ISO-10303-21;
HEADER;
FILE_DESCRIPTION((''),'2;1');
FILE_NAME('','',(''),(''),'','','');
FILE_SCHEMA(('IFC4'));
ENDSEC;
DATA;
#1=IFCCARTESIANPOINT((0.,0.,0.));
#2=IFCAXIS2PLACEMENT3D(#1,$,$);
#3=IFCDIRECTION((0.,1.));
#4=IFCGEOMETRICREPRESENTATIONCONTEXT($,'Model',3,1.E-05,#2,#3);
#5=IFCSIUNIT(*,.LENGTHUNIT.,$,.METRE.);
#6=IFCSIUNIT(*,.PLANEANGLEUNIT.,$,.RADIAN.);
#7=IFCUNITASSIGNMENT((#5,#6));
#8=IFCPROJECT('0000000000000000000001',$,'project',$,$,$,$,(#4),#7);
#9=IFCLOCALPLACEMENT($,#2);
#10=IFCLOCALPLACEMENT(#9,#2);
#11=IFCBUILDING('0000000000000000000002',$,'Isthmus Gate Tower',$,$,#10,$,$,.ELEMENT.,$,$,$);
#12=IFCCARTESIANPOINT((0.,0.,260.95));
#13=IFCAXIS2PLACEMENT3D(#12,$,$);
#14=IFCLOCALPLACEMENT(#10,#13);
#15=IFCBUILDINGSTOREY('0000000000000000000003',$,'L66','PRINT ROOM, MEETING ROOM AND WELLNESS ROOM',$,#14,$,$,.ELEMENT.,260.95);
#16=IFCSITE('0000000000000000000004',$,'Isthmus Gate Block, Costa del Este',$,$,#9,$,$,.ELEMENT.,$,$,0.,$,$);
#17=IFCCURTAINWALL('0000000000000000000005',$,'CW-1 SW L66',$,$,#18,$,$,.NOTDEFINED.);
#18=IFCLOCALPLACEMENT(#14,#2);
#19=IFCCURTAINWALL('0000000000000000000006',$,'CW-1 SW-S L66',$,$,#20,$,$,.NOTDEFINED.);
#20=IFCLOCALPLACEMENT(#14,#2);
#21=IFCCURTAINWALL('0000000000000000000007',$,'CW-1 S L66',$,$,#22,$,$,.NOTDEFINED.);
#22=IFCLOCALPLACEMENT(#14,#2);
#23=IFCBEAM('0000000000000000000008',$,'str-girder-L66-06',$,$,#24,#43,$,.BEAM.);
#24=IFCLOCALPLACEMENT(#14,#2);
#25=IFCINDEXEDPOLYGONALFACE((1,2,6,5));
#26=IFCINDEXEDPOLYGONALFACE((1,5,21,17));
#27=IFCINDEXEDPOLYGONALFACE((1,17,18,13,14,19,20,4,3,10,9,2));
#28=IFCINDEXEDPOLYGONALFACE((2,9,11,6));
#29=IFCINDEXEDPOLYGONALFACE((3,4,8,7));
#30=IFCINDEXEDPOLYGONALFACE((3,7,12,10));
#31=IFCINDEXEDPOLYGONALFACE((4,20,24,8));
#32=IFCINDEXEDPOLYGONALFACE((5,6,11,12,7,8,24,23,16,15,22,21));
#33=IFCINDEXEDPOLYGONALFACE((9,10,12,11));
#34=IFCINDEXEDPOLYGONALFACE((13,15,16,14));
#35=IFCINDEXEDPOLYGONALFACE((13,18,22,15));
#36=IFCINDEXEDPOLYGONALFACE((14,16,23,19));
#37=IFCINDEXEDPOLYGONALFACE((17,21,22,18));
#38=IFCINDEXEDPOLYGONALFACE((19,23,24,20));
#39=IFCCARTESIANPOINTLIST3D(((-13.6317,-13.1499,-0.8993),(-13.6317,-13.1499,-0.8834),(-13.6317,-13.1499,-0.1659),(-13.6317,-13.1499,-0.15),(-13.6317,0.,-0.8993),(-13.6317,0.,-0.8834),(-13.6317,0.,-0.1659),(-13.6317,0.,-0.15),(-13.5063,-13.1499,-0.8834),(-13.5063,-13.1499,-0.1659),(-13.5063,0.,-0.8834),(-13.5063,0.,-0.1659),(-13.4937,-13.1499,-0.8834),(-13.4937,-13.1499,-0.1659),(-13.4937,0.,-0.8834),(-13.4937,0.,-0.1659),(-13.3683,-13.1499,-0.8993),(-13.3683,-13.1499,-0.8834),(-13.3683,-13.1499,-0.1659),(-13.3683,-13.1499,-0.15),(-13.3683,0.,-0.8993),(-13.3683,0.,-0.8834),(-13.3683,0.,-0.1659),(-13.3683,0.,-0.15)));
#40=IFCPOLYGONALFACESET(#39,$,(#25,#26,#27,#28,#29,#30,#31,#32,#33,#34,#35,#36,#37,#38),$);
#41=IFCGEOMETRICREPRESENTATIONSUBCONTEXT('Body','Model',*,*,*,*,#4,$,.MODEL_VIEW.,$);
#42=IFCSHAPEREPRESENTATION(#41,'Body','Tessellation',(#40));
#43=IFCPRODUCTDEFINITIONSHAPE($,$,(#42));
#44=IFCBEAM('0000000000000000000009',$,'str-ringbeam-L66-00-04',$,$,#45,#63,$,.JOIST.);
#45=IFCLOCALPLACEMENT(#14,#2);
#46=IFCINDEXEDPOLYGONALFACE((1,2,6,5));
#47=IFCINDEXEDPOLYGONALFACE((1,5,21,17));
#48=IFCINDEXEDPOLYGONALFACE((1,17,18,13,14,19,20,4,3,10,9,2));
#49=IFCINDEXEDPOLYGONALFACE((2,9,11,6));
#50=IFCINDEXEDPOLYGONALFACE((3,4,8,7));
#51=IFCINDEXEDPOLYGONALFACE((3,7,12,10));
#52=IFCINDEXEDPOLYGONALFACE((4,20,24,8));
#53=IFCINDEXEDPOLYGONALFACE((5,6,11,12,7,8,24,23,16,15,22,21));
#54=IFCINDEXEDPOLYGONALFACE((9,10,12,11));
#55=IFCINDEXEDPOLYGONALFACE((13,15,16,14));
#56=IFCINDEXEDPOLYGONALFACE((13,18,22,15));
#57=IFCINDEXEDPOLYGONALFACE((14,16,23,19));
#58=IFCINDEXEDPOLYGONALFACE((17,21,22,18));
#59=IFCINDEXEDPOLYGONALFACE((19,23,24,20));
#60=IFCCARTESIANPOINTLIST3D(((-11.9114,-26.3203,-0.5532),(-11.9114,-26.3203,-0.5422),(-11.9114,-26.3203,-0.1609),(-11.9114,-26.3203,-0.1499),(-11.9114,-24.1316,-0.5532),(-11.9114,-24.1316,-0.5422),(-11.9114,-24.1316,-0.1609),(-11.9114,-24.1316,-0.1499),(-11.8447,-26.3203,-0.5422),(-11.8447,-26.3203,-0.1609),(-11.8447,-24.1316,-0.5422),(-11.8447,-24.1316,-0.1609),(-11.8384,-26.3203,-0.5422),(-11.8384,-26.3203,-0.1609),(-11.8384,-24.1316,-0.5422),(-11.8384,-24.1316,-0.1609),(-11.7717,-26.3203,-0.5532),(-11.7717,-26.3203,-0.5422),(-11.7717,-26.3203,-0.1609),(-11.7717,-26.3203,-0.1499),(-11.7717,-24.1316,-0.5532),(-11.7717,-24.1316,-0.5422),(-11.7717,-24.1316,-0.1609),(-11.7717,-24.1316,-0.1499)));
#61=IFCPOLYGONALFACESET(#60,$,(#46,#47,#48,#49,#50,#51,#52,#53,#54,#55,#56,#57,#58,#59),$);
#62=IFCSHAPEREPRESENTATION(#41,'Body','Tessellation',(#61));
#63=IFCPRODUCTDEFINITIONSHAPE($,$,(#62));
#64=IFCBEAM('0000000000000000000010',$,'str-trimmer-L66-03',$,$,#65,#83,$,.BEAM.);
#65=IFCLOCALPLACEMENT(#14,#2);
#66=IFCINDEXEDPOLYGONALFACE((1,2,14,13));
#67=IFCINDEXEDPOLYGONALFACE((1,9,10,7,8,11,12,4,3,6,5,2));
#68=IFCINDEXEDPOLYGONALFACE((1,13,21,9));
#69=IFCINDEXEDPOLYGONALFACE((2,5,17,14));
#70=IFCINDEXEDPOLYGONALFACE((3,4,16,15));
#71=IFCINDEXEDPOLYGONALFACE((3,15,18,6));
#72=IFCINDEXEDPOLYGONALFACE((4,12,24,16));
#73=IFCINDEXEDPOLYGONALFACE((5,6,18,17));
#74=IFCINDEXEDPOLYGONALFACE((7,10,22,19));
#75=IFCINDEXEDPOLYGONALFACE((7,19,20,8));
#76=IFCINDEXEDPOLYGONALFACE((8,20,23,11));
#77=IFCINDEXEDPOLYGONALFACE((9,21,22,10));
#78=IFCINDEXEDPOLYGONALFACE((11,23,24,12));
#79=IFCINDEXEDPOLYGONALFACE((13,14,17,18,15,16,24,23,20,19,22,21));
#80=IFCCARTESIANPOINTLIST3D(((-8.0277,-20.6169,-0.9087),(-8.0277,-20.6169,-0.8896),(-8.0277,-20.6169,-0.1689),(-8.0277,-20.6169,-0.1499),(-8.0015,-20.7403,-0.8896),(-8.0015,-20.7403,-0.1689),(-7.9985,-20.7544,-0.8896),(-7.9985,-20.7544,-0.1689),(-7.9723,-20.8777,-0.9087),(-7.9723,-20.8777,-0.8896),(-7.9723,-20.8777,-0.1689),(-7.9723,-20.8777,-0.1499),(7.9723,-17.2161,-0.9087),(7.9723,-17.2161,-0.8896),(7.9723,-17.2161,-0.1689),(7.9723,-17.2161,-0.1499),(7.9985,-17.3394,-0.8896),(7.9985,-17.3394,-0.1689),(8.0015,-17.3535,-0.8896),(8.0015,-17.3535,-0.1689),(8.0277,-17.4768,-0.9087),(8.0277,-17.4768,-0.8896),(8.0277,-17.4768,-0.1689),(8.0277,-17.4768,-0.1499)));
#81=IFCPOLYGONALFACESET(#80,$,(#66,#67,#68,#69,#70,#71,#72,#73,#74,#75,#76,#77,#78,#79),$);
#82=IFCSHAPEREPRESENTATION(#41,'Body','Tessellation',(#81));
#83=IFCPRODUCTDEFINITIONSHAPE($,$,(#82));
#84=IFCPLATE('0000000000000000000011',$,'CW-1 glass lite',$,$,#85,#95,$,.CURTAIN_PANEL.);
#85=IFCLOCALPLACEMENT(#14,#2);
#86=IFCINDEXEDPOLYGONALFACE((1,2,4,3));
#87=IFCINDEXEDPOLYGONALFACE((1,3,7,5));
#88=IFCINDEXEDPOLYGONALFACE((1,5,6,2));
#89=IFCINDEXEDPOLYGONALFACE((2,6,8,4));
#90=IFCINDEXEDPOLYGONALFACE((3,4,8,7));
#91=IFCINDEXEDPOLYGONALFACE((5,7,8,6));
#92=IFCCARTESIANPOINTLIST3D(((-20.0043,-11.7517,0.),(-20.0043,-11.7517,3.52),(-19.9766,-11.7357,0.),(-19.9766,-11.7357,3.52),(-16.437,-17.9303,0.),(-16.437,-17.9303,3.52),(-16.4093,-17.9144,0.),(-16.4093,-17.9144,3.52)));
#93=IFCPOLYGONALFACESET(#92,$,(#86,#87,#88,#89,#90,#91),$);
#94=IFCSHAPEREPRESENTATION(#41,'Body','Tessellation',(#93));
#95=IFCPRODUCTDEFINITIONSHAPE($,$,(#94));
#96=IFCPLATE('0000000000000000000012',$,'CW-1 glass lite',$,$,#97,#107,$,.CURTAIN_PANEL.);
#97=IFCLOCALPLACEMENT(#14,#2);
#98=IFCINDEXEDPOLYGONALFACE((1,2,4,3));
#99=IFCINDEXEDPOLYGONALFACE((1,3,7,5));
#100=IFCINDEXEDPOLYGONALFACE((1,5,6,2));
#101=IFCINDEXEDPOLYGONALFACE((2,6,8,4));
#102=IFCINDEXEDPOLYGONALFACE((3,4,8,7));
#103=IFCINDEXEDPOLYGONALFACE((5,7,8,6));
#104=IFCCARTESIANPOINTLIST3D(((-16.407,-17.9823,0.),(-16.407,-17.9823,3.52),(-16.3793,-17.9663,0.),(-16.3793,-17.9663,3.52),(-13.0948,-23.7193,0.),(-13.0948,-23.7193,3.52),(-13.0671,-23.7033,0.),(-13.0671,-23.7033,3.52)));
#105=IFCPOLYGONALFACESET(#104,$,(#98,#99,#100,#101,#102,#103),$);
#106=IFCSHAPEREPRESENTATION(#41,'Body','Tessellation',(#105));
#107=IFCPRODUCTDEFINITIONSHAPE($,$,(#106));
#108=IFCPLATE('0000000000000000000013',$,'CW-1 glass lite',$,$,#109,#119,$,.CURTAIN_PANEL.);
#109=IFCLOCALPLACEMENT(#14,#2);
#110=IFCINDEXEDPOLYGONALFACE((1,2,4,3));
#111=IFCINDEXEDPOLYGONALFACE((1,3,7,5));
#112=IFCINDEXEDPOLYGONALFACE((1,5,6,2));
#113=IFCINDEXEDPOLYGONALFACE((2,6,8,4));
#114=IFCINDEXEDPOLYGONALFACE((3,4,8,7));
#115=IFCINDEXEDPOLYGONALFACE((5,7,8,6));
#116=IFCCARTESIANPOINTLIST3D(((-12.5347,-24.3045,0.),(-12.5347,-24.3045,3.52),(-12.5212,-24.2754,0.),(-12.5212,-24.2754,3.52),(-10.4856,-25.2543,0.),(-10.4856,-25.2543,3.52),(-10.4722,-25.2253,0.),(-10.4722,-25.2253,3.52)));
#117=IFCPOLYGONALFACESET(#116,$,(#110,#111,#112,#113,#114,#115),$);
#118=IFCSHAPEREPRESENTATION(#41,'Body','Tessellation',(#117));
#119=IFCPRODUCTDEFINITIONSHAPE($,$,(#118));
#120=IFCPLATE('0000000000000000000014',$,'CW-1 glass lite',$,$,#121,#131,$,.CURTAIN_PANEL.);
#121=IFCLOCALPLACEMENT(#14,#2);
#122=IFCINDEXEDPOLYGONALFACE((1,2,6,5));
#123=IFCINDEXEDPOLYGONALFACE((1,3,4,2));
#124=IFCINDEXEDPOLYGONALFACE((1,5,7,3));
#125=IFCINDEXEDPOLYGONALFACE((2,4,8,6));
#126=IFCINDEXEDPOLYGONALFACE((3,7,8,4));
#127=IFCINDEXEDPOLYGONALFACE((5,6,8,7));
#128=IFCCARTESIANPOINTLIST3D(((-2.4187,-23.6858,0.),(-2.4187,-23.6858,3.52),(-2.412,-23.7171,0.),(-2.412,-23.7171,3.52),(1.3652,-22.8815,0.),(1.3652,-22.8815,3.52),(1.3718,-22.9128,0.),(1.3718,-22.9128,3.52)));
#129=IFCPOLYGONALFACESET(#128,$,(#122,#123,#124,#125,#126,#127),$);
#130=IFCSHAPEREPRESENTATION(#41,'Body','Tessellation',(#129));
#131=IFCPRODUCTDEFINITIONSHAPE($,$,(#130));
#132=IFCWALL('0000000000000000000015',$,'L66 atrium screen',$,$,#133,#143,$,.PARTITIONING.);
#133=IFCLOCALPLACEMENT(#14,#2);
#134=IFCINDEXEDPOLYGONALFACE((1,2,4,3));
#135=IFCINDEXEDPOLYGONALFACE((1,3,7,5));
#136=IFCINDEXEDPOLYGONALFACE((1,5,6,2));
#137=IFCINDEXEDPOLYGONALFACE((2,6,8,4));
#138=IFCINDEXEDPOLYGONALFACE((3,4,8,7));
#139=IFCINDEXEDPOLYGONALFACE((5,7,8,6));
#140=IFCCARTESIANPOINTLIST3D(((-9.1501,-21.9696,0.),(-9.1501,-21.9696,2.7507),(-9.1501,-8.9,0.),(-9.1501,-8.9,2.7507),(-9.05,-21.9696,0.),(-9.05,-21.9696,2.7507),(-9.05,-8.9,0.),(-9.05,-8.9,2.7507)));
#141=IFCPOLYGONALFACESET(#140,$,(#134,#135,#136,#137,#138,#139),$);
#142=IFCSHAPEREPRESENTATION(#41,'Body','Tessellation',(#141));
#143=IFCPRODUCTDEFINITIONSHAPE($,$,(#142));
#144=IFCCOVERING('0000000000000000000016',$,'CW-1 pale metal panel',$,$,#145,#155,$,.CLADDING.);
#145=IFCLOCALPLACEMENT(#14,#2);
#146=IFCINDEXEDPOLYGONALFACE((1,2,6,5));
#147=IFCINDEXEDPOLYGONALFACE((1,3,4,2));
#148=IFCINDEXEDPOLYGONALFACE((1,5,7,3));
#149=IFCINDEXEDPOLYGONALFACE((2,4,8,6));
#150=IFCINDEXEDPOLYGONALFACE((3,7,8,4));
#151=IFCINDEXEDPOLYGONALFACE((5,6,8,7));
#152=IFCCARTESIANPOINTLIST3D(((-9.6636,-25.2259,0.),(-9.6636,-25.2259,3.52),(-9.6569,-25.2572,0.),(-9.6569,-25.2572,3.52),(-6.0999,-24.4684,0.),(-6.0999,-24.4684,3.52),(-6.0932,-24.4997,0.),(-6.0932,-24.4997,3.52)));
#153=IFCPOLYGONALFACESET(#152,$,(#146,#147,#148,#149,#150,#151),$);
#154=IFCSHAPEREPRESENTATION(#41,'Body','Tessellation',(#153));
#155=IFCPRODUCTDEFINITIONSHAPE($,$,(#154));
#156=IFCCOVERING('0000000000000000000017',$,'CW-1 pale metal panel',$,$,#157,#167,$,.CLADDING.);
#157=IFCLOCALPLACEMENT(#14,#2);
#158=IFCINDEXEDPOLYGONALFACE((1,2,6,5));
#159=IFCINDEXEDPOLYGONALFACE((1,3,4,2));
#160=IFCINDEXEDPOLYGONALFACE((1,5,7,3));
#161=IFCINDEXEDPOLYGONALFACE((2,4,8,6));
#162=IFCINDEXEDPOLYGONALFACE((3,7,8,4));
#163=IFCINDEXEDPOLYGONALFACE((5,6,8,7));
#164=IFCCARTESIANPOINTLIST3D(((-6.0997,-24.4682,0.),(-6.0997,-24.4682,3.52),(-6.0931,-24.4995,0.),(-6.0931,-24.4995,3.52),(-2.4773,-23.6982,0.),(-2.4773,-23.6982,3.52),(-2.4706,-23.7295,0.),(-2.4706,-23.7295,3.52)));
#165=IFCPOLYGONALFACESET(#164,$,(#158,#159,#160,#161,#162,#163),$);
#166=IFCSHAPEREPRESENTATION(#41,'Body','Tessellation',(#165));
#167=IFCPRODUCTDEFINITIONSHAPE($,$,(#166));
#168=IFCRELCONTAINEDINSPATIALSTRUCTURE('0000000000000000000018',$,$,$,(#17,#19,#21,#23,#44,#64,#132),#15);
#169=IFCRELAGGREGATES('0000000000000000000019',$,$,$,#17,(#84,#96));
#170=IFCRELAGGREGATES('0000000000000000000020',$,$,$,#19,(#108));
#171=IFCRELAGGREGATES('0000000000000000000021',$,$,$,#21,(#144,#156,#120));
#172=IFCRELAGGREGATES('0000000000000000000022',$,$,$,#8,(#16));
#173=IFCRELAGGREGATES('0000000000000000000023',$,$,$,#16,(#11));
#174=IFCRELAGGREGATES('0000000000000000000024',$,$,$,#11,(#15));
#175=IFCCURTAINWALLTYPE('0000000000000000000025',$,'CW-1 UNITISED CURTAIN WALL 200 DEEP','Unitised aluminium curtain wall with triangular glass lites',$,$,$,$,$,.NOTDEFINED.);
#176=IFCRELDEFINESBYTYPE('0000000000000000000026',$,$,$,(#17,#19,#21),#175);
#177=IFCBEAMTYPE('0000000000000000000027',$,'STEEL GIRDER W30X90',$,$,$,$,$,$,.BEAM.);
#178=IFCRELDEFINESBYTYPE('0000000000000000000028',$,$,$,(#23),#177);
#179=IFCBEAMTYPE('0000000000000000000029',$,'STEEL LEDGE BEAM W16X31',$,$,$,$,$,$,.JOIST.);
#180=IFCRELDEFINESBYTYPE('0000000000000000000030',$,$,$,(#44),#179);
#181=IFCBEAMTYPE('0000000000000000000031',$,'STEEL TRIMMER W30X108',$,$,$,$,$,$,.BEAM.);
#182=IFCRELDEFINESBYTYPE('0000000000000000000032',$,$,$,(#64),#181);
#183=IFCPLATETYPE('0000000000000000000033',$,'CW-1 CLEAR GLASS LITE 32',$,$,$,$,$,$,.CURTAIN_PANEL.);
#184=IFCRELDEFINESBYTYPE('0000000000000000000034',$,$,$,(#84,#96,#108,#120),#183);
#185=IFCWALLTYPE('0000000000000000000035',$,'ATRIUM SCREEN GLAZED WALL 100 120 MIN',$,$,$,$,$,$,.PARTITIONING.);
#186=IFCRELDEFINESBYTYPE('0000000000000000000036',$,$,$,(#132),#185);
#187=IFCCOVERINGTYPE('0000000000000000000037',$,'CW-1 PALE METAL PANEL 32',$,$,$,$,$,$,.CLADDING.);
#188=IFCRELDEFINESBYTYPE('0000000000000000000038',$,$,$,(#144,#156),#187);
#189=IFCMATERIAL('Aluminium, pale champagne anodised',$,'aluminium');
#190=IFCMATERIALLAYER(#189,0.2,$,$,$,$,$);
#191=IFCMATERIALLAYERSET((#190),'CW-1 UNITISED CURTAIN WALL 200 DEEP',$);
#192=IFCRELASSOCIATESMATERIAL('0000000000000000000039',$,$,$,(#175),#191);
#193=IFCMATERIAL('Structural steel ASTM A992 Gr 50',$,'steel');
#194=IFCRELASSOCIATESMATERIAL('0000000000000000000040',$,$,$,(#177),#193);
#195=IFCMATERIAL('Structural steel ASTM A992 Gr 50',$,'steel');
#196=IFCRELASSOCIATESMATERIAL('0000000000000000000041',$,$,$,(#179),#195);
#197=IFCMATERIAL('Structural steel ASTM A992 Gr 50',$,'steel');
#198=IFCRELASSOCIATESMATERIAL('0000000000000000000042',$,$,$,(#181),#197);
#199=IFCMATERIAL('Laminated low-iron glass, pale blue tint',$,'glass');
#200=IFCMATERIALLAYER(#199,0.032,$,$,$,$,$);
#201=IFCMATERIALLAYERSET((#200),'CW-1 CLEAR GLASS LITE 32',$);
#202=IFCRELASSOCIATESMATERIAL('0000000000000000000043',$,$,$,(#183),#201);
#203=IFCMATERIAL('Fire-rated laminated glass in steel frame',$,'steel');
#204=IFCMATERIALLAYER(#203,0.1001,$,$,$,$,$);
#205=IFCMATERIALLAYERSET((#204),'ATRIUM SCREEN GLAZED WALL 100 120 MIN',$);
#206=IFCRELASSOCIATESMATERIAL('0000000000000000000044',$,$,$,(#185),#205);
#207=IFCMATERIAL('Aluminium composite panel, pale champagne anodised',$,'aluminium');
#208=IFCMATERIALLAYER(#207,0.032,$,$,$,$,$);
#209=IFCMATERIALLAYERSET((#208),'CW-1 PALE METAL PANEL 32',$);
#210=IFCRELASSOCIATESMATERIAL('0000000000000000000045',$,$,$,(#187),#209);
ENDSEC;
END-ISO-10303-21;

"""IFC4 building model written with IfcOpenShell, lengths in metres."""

from ifc_helpers import new_model, si_unit, direction, frame, frame_2d, origin, origin_2d, place, context, subcontext, project, spatial, rectangle, i_section, extrude, material, layer, layer_set, material_profile, profile_set, type_object, element, aggregate, save


model = new_model("IFC4")

# Units and contexts
model_context = context("Model", 3, precision=1e-05, world=origin(), true_north=direction((0.0, 1.0)))
body_context = subcontext(model_context, "Body", "Model", "MODEL_VIEW")
ifc_project = project(units=[si_unit("LENGTHUNIT", "METRE"), si_unit("PLANEANGLEUNIT", "RADIAN")], contexts=[model_context])

# Site, building, storey
site_placement = place(None, origin())
site = spatial("IfcSite", under=ifc_project, at=site_placement, Name="Isthmus Gate Block, Costa del Este", CompositionType="ELEMENT", RefElevation=0.0)
building_placement = place(site_placement, origin())
building = spatial("IfcBuilding", under=site, at=building_placement, Name="Isthmus Gate Tower", CompositionType="ELEMENT")
storey_placement = place(building_placement, frame((0.0, 0.0, 260.95)))
storey = spatial("IfcBuildingStorey", under=building, at=storey_placement, Name="L66", Description="PRINT ROOM, MEETING ROOM AND WELLNESS ROOM", CompositionType="ELEMENT", Elevation=260.95)

# Curtain walls
ifc_material_1 = material(Name="Aluminium, pale champagne anodised", Category="aluminium")
ifc_layer_1 = layer(ifc_material_1, 0.2)
ifc_layer_set_1 = layer_set([ifc_layer_1], Name="CW-1 UNITISED CURTAIN WALL 200 DEEP")
curtain_wall_type = type_object("IfcCurtainWallType", Name="CW-1 UNITISED CURTAIN WALL 200 DEEP", Description="Unitised aluminium curtain wall with triangular glass lites", PredefinedType="NOTDEFINED", material=ifc_layer_set_1)
curtain_wall_1_placement = place(storey_placement, origin())
curtain_wall_1 = element("IfcCurtainWall", 1, at=curtain_wall_1_placement, inside=storey, type_object=curtain_wall_type, Name="CW-1 SW L66", PredefinedType="NOTDEFINED")
curtain_wall_2_placement = place(storey_placement, origin())
curtain_wall_2 = element("IfcCurtainWall", 2, at=curtain_wall_2_placement, inside=storey, type_object=curtain_wall_type, Name="CW-1 SW-S L66", PredefinedType="NOTDEFINED")

# Curtain wall
curtain_wall_3_placement = place(storey_placement, origin())
curtain_wall_3 = element("IfcCurtainWall", 3, at=curtain_wall_3_placement, inside=storey, type_object=curtain_wall_type, Name="CW-1 S L66", PredefinedType="NOTDEFINED")

# Beams
ifc_material_2 = material(Name="Structural steel ASTM A992 Gr 50", Category="steel")
ifc_material_profile_1 = material_profile(ifc_material_2, i_section(OverallWidth=0.2634, OverallDepth=0.7493, WebThickness=0.0127, FlangeThickness=0.0159, at=origin_2d()), Name="W30X90")
ifc_profile_set_1 = profile_set([ifc_material_profile_1], Name="Structural steel ASTM A992 Gr 50")
beam_type_1 = type_object("IfcBeamType", Name="STEEL GIRDER W30X90", PredefinedType="BEAM", material=ifc_profile_set_1)
beam_1_placement = place(storey_placement, frame((-13.5, -13.1499, -0.5247), z_axis=(0.0, 1.0, 0.0), x_axis=(-1.0, 0.0, 0.0)))
element("IfcBeam", 4, at=beam_1_placement, inside=storey, type_object=beam_type_1, Name="str-girder-L66-06", PredefinedType="BEAM", context=body_context, shape_type="SweptSolid", body=[
    extrude(i_section(OverallWidth=0.2634, OverallDepth=0.7493, WebThickness=0.0127, FlangeThickness=0.0159, at=origin_2d()), origin(), (0.0, 0.0, 1.0), 13.1499),
])
ifc_material_3 = material(Name="Structural steel ASTM A992 Gr 50", Category="steel")
ifc_material_profile_2 = material_profile(ifc_material_3, i_section(OverallWidth=0.1396, OverallDepth=0.4033, WebThickness=0.0063, FlangeThickness=0.011, at=origin_2d()), Name="W16X31")
ifc_profile_set_2 = profile_set([ifc_material_profile_2], Name="Structural steel ASTM A992 Gr 50")
beam_type_2 = type_object("IfcBeamType", Name="STEEL LEDGE BEAM W16X31", PredefinedType="JOIST", material=ifc_profile_set_2)
beam_2_placement = place(storey_placement, frame((-11.8416, -26.3203, -0.3516), z_axis=(0.0, 1.0, 0.0), x_axis=(-1.0, 0.0, 0.0)))
element("IfcBeam", 5, at=beam_2_placement, inside=storey, type_object=beam_type_2, Name="str-ringbeam-L66-00-04", PredefinedType="JOIST", context=body_context, shape_type="SweptSolid", body=[
    extrude(i_section(OverallWidth=0.1396, OverallDepth=0.4033, WebThickness=0.0063, FlangeThickness=0.011, at=origin_2d()), origin(), (0.0, 0.0, 1.0), 2.1887),
])
ifc_material_4 = material(Name="Structural steel ASTM A992 Gr 50", Category="steel")
ifc_material_profile_3 = material_profile(ifc_material_4, i_section(OverallWidth=0.2666, OverallDepth=0.7588, WebThickness=0.0144, FlangeThickness=0.019, at=origin_2d()), Name="W30X108")
ifc_profile_set_3 = profile_set([ifc_material_profile_3], Name="Structural steel ASTM A992 Gr 50")
beam_type_3 = type_object("IfcBeamType", Name="STEEL TRIMMER W30X108", PredefinedType="BEAM", material=ifc_profile_set_3)
beam_3_placement = place(storey_placement, frame((-8.0, -20.7473, -0.5293), z_axis=(0.978148, 0.20791, 0.0), x_axis=(-0.20791, 0.978148, 0.0)))
element("IfcBeam", 6, at=beam_3_placement, inside=storey, type_object=beam_type_3, Name="str-trimmer-L66-03", PredefinedType="BEAM", context=body_context, shape_type="SweptSolid", body=[
    extrude(i_section(OverallWidth=0.2666, OverallDepth=0.7588, WebThickness=0.0144, FlangeThickness=0.019, at=origin_2d()), origin(), (0.0, 0.0, 1.0), 16.3574),
])

# Plates
ifc_material_5 = material(Name="Laminated low-iron glass, pale blue tint", Category="glass")
ifc_layer_2 = layer(ifc_material_5, 0.032)
ifc_layer_set_2 = layer_set([ifc_layer_2], Name="CW-1 CLEAR GLASS LITE 32")
plate_type = type_object("IfcPlateType", Name="CW-1 CLEAR GLASS LITE 32", PredefinedType="CURTAIN_PANEL", material=ifc_layer_set_2)
plate_1_placement = place(storey_placement, frame((-18.2068, -14.833, 0.0), z_axis=(0.0, 0.0, 1.0), x_axis=(0.5, -0.866025, 0.0)))
plate_1 = element("IfcPlate", 7, at=plate_1_placement, type_object=plate_type, Name="CW-1 glass lite", PredefinedType="CURTAIN_PANEL", context=body_context, shape_type="SweptSolid", body=[
    extrude(rectangle(XDim=7.1345, YDim=0.032, at=origin_2d()), origin(), (0.0, 0.0, 1.0), 3.52),
])
plate_2_placement = place(storey_placement, frame((-14.7371, -20.8428, 0.0), z_axis=(0.0, 0.0, 1.0), x_axis=(0.5, -0.866025, 0.0)))
plate_2 = element("IfcPlate", 8, at=plate_2_placement, type_object=plate_type, Name="CW-1 glass lite", PredefinedType="CURTAIN_PANEL", context=body_context, shape_type="SweptSolid", body=[
    extrude(rectangle(XDim=6.6245, YDim=0.032, at=origin_2d()), origin(), (0.0, 0.0, 1.0), 3.52),
])
aggregate(curtain_wall_1, [plate_1, plate_2])
plate_3_placement = place(storey_placement, frame((-11.5034, -24.7649, 0.0), z_axis=(0.0, 0.0, 1.0), x_axis=(0.907256, -0.420578, 0.0)))
plate_3 = element("IfcPlate", 9, at=plate_3_placement, type_object=plate_type, Name="CW-1 glass lite", PredefinedType="CURTAIN_PANEL", context=body_context, shape_type="SweptSolid", body=[
    extrude(rectangle(XDim=2.2585, YDim=0.032, at=origin_2d()), origin(), (0.0, 0.0, 1.0), 3.52),
])
aggregate(curtain_wall_2, [plate_3])
plate_4_placement = place(storey_placement, frame((-0.5234, -23.2993, 0.0), z_axis=(0.0, 0.0, 1.0), x_axis=(0.978148, 0.207912, 0.0)))
plate_4 = element("IfcPlate", 10, at=plate_4_placement, type_object=plate_type, Name="CW-1 glass lite", PredefinedType="CURTAIN_PANEL", context=body_context, shape_type="SweptSolid", body=[
    extrude(rectangle(XDim=3.8684, YDim=0.032, at=origin_2d()), origin(), (0.0, 0.0, 1.0), 3.52),
])

# Wall
ifc_material_6 = material(Name="Fire-rated laminated glass in steel frame", Category="steel")
ifc_layer_3 = layer(ifc_material_6, 0.1001)
ifc_layer_set_3 = layer_set([ifc_layer_3], Name="ATRIUM SCREEN GLAZED WALL 100 120 MIN")
wall_type = type_object("IfcWallType", Name="ATRIUM SCREEN GLAZED WALL 100 120 MIN", PredefinedType="PARTITIONING", material=ifc_layer_set_3)
wall_placement = place(storey_placement, frame((-9.1001, -21.9695, 0.0), z_axis=(0.0, 0.0, 1.0), x_axis=(0.0, 1.0, 0.0)))
element("IfcWall", 11, at=wall_placement, inside=storey, type_object=wall_type, Name="L66 atrium screen", PredefinedType="PARTITIONING", context=body_context, shape_type="SweptSolid", body=[
    extrude(rectangle(XDim=13.0696, YDim=0.1001, at=frame_2d((6.5347, 0.0))), origin(), (0.0, 0.0, 1.0), 2.7507),
])

# Coverings
ifc_material_7 = material(Name="Aluminium composite panel, pale champagne anodised", Category="aluminium")
ifc_layer_4 = layer(ifc_material_7, 0.032)
ifc_layer_set_4 = layer_set([ifc_layer_4], Name="CW-1 PALE METAL PANEL 32")
covering_type = type_object("IfcCoveringType", Name="CW-1 PALE METAL PANEL 32", PredefinedType="CLADDING", material=ifc_layer_set_4)
covering_1_placement = place(storey_placement, frame((-7.8784, -24.8628, 0.0), z_axis=(0.0, 0.0, 1.0), x_axis=(0.978148, 0.207912, 0.0)))
covering_1 = element("IfcCovering", 12, at=covering_1_placement, type_object=covering_type, Name="CW-1 pale metal panel", PredefinedType="CLADDING", context=body_context, shape_type="SweptSolid", body=[
    extrude(rectangle(XDim=3.6433, YDim=0.032, at=origin_2d()), origin(), (0.0, 0.0, 1.0), 3.52),
])
covering_2_placement = place(storey_placement, frame((-4.2852, -24.0989, 0.0), z_axis=(0.0, 0.0, 1.0), x_axis=(0.978148, 0.207912, 0.0)))
covering_2 = element("IfcCovering", 13, at=covering_2_placement, type_object=covering_type, Name="CW-1 pale metal panel", PredefinedType="CLADDING", context=body_context, shape_type="SweptSolid", body=[
    extrude(rectangle(XDim=3.7034, YDim=0.032, at=origin_2d()), origin(), (0.0, 0.0, 1.0), 3.52),
])
aggregate(curtain_wall_3, [covering_1, covering_2, plate_4])

save(model, "model.ifc")
